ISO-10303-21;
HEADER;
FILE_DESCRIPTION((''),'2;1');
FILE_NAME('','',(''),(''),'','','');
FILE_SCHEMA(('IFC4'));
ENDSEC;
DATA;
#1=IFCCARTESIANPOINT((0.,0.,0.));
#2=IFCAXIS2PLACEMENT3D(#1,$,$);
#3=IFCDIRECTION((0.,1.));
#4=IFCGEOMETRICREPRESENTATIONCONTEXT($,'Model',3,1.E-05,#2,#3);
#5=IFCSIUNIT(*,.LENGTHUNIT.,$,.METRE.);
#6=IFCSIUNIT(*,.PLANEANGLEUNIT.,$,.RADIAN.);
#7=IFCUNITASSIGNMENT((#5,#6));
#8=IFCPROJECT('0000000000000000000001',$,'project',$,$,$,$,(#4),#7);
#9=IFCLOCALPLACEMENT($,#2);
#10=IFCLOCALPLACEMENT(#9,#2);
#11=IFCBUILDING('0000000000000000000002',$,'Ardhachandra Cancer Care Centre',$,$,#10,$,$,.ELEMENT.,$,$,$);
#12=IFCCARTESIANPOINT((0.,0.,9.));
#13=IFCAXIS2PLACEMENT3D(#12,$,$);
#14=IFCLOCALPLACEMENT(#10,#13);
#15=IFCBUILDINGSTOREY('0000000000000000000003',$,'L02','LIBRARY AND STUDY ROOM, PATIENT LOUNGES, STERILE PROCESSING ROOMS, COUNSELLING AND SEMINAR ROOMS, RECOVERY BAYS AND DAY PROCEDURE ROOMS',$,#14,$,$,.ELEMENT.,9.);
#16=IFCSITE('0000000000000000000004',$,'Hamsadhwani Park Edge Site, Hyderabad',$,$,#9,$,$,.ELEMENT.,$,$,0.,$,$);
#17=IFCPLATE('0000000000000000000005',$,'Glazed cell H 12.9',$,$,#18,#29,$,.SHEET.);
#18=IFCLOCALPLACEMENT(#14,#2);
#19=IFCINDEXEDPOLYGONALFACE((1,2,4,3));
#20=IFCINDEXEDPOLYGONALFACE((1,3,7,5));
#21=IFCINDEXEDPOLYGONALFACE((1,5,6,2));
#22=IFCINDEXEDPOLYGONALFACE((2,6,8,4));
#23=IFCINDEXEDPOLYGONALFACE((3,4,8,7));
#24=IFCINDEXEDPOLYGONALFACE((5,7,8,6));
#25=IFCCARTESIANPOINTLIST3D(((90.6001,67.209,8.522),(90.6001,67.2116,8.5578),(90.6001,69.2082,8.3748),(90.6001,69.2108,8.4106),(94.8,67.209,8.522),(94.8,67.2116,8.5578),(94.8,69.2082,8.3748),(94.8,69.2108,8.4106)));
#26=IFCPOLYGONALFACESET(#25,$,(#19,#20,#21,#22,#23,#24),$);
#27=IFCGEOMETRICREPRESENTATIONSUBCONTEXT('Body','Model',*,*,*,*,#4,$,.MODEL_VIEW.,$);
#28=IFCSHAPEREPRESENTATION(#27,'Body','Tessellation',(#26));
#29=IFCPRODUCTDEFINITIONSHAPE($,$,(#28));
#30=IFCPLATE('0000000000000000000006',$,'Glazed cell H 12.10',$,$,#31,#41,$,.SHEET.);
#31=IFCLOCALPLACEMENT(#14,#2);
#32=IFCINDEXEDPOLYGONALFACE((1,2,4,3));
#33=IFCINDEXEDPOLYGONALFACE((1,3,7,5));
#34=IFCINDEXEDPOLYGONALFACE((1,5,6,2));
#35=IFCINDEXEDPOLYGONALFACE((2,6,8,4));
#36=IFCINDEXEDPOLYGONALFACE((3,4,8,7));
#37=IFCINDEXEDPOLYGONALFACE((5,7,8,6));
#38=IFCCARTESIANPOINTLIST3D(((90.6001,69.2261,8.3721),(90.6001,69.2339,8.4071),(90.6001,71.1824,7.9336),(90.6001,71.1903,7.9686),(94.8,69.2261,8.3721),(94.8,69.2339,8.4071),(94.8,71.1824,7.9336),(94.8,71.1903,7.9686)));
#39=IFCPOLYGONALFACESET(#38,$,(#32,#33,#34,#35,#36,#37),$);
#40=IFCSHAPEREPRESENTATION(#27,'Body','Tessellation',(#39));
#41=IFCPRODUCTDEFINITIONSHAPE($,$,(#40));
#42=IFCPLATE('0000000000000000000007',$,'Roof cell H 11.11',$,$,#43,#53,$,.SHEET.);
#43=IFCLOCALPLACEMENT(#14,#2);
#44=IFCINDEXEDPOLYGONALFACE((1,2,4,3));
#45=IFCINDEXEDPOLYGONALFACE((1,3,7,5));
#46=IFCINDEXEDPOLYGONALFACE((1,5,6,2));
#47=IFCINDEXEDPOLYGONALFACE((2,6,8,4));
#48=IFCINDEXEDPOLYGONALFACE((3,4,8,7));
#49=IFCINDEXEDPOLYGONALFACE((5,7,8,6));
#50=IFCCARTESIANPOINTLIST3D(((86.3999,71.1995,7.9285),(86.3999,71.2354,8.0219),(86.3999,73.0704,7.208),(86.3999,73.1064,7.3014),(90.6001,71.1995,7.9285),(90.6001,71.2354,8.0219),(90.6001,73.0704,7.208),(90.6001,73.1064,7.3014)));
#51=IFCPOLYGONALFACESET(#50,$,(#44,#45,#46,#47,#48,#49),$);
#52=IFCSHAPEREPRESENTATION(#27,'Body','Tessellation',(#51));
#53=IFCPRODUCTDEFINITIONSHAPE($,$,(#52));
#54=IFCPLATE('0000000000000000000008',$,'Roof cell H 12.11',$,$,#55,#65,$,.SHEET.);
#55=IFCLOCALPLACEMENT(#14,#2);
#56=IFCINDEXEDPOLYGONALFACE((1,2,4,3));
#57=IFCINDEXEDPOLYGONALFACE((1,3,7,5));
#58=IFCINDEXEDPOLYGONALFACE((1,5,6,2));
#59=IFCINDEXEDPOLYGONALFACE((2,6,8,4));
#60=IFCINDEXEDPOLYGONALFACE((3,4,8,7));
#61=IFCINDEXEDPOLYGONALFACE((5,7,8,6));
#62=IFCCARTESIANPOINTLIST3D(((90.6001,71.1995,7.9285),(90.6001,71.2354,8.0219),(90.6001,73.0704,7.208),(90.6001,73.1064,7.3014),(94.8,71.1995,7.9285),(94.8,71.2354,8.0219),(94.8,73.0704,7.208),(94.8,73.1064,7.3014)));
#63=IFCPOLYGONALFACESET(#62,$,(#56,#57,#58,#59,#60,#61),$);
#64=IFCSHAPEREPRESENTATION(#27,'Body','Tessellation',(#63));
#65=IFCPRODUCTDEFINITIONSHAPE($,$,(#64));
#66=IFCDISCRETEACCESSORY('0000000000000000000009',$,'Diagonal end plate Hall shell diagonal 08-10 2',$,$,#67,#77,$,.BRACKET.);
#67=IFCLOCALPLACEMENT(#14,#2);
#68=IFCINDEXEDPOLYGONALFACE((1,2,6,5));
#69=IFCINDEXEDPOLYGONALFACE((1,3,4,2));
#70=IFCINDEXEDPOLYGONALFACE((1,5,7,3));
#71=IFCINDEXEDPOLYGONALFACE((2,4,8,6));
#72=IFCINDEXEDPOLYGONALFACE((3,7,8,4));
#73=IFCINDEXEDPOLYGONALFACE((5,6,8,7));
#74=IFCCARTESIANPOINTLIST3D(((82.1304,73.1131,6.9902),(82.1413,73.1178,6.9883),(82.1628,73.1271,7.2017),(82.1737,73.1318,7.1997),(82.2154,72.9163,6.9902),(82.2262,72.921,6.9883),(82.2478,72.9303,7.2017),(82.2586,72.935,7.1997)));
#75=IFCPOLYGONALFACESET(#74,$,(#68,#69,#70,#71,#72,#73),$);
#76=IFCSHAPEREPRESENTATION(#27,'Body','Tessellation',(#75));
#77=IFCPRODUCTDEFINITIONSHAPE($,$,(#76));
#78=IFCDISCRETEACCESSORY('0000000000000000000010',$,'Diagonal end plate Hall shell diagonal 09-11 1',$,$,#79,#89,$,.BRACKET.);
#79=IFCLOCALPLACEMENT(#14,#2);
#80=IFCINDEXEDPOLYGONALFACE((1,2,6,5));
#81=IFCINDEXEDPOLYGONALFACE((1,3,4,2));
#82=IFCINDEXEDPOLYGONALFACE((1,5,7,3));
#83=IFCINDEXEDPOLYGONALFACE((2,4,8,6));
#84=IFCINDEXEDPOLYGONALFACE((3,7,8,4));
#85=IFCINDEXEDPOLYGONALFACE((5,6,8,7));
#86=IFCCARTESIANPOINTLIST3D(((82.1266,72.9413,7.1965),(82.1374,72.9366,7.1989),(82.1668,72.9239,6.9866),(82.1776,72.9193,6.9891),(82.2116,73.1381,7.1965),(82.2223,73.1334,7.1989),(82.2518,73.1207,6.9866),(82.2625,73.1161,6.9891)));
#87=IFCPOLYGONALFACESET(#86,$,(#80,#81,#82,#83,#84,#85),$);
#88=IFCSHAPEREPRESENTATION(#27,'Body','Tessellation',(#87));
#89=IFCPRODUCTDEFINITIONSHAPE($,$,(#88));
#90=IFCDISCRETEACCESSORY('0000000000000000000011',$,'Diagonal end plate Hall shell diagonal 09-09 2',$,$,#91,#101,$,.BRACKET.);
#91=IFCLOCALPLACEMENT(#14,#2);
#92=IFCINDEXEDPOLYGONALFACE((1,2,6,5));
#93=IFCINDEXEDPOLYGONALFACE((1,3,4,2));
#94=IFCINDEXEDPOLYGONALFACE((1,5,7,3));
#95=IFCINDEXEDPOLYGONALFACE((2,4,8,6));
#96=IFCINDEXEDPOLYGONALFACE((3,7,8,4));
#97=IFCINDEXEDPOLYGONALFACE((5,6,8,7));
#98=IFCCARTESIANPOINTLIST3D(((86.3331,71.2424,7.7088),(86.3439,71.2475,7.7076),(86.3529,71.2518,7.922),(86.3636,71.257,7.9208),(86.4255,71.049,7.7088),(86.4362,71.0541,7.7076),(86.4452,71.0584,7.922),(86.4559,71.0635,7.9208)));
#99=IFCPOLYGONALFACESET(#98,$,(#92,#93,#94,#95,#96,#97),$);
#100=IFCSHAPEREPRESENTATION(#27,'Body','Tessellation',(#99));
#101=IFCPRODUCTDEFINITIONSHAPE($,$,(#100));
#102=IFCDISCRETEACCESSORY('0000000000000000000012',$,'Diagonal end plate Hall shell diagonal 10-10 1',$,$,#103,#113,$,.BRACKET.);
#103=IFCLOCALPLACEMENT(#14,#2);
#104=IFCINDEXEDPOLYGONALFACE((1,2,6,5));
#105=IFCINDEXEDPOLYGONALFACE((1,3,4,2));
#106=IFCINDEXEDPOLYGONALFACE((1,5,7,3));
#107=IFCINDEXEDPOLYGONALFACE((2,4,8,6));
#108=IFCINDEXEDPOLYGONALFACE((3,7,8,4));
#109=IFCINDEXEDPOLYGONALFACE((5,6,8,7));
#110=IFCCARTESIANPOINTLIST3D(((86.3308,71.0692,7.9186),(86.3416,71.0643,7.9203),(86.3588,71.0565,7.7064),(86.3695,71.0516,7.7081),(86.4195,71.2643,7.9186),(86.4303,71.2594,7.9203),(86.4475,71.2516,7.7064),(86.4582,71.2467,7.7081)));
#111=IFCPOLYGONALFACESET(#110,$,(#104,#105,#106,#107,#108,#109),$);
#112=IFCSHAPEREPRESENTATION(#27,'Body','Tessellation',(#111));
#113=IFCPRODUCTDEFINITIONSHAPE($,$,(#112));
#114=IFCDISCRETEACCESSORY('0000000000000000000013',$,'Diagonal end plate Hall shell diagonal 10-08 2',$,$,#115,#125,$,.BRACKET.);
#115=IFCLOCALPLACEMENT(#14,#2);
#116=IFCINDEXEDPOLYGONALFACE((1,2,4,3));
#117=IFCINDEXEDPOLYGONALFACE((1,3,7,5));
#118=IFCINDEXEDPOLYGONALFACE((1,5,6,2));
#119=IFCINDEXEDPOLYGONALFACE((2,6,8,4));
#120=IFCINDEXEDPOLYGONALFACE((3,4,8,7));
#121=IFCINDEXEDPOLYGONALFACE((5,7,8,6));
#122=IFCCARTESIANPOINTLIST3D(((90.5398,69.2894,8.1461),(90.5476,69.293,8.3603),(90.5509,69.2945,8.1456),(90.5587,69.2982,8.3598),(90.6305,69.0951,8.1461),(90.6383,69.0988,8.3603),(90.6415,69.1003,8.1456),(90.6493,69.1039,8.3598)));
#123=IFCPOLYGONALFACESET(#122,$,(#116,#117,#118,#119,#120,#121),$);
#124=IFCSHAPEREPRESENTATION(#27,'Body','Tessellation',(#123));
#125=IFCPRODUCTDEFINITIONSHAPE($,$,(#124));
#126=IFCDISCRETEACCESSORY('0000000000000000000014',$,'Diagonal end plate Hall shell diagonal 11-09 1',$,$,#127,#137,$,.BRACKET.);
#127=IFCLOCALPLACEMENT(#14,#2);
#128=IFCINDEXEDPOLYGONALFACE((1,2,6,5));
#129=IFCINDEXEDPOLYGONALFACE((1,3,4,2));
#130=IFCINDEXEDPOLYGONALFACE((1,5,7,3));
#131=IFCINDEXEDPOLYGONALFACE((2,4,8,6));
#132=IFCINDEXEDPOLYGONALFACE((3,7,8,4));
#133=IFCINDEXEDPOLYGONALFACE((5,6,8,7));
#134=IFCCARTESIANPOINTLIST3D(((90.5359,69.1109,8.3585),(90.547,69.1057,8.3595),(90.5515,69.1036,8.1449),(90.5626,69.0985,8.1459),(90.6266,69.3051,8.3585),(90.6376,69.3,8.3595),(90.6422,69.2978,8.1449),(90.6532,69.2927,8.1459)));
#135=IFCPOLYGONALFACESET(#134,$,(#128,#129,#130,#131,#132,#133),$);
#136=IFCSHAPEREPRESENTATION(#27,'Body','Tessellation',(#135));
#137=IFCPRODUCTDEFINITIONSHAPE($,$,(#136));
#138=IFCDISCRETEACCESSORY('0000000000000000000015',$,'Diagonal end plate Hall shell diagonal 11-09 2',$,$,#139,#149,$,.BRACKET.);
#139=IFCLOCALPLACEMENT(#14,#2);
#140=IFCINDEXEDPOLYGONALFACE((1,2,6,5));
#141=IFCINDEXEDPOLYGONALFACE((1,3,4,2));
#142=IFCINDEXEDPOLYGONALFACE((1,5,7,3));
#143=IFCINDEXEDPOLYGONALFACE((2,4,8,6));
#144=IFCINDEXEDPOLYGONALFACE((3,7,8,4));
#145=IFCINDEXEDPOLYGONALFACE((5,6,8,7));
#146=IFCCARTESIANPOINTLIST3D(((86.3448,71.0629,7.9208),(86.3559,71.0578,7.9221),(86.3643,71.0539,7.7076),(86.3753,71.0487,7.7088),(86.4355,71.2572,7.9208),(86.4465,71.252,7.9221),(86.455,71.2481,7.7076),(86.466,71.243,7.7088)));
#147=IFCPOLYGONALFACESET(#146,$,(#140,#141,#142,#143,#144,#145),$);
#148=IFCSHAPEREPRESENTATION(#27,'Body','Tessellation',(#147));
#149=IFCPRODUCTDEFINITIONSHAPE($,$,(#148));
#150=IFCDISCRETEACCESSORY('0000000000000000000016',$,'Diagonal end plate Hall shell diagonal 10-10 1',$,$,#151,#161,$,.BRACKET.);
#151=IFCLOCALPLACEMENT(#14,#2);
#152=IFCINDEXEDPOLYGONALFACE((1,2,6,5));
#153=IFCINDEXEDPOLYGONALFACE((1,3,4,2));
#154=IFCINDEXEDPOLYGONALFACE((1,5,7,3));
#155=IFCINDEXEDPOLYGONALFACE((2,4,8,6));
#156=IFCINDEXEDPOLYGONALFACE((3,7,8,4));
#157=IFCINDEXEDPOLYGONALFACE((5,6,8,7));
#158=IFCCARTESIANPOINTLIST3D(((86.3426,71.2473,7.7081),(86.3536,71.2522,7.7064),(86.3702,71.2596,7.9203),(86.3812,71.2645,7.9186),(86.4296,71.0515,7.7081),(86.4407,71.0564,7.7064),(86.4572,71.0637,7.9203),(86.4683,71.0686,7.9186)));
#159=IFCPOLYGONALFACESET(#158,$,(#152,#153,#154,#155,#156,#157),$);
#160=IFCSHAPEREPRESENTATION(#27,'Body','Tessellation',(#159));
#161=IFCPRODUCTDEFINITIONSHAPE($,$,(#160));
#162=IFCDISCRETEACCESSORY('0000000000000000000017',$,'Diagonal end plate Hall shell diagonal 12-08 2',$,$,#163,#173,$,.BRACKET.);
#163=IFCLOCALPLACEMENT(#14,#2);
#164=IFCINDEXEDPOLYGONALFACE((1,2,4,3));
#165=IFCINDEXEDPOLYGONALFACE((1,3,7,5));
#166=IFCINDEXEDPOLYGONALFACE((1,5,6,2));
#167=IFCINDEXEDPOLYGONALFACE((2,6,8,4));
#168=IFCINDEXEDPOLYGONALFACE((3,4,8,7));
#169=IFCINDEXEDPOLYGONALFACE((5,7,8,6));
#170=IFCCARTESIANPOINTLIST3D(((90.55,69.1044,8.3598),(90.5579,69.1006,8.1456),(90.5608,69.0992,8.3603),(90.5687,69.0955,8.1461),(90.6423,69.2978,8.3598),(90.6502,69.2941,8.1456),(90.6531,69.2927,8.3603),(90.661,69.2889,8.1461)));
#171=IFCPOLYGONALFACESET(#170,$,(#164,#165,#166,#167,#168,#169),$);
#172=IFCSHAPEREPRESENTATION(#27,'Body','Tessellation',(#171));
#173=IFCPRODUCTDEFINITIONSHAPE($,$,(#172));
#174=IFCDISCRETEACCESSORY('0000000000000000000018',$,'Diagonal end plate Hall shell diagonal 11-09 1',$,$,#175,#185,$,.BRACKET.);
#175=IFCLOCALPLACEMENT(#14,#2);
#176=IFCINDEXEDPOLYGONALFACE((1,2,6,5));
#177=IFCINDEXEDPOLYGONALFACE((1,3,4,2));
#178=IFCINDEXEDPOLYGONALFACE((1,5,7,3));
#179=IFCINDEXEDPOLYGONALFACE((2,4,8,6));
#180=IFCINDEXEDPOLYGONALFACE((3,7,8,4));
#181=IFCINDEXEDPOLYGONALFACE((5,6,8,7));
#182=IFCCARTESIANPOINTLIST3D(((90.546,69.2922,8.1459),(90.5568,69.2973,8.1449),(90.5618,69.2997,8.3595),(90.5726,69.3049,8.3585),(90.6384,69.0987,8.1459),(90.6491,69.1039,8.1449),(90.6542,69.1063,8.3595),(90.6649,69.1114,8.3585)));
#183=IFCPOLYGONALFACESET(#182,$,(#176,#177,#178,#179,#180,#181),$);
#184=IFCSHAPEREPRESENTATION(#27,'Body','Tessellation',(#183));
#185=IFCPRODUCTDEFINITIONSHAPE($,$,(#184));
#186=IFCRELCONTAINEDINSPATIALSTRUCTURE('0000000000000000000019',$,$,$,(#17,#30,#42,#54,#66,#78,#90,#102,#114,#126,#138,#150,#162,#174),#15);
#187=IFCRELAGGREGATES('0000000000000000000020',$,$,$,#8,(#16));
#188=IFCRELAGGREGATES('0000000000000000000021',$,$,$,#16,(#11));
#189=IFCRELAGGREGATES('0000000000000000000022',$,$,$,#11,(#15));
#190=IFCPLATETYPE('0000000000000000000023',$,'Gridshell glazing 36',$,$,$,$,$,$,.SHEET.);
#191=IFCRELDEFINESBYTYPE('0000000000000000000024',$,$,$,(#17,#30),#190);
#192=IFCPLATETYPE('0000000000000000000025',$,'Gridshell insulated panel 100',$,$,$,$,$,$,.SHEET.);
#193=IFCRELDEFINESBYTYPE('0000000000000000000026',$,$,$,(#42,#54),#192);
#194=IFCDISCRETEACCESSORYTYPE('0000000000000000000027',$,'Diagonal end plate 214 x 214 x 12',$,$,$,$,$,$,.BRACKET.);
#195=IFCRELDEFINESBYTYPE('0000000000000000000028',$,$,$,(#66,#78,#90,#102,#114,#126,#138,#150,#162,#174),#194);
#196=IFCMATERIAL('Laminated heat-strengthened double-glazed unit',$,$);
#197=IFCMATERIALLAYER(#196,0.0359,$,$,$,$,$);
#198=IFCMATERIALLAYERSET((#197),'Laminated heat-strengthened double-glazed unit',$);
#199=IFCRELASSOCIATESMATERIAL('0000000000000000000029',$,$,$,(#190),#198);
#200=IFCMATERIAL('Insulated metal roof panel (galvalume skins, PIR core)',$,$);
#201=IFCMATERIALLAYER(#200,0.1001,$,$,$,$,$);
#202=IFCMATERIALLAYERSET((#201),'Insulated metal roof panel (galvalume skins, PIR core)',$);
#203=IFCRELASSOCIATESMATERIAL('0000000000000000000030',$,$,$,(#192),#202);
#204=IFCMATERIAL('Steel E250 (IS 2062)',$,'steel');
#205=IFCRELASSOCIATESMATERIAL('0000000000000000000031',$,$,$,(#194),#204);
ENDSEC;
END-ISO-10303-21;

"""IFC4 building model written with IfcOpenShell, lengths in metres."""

from ifc_helpers import new_model, si_unit, direction, frame, origin, origin_2d, place, context, subcontext, project, spatial, polyline, rectangle, outline, extrude, material, layer, layer_set, material_profile, profile_set, type_object, element, save


model = new_model("IFC4")

# Units and contexts
model_context = context("Model", 3, precision=1e-05, world=origin(), true_north=direction((0.0, 1.0)))
body_context = subcontext(model_context, "Body", "Model", "MODEL_VIEW")
ifc_project = project(units=[si_unit("LENGTHUNIT", "METRE"), si_unit("PLANEANGLEUNIT", "RADIAN")], contexts=[model_context])

# Site, building, storey
site_placement = place(None, origin())
site = spatial("IfcSite", under=ifc_project, at=site_placement, Name="Hamsadhwani Park Edge Site, Hyderabad", CompositionType="ELEMENT", RefElevation=0.0)
building_placement = place(site_placement, origin())
building = spatial("IfcBuilding", under=site, at=building_placement, Name="Ardhachandra Cancer Care Centre", CompositionType="ELEMENT")
storey_placement = place(building_placement, frame((0.0, 0.0, 9.0)))
storey = spatial("IfcBuildingStorey", under=building, at=storey_placement, Name="L02", Description="LIBRARY AND STUDY ROOM, PATIENT LOUNGES, STERILE PROCESSING ROOMS, COUNSELLING AND SEMINAR ROOMS, RECOVERY BAYS AND DAY PROCEDURE ROOMS", CompositionType="ELEMENT", Elevation=9.0)

# Plates
ifc_material_1 = material(Name="Laminated heat-strengthened double-glazed unit")
ifc_layer_1 = layer(ifc_material_1, 0.0359)
ifc_layer_set_1 = layer_set([ifc_layer_1], Name="Laminated heat-strengthened double-glazed unit")
plate_type_1 = type_object("IfcPlateType", Name="Gridshell glazing 36", PredefinedType="SHEET", material=ifc_layer_set_1)
plate_1_placement = place(storey_placement, frame((90.6001, 67.209, 8.522), z_axis=(0.0, 0.073437, 0.9973), x_axis=(1.0, 0.0, 0.0)))
element("IfcPlate", 1, at=plate_1_placement, inside=storey, type_object=plate_type_1, Name="Glazed cell H 12.9", PredefinedType="SHEET", context=body_context, shape_type="SweptSolid", body=[
    extrude(outline(polyline([(0.0, 0.0), (4.2, 0.0), (4.2, 2.0046), (0.0, 2.0046), (0.0, 0.0)])), origin(), (0.0, 0.0, 1.0), 0.0359),
])
plate_2_placement = place(storey_placement, frame((90.6001, 69.2261, 8.3721), z_axis=(0.0, 0.218709, 0.97579), x_axis=(1.0, 0.0, 0.0)))
element("IfcPlate", 2, at=plate_2_placement, inside=storey, type_object=plate_type_1, Name="Glazed cell H 12.10", PredefinedType="SHEET", context=body_context, shape_type="SweptSolid", body=[
    extrude(outline(polyline([(0.0, 0.0), (4.2, 0.0), (4.2, 2.0049), (0.0, 2.0049), (0.0, 0.0)])), origin(), (0.0, 0.0, 1.0), 0.0359),
])
ifc_material_2 = material(Name="Insulated metal roof panel (galvalume skins, PIR core)")
ifc_layer_2 = layer(ifc_material_2, 0.1001)
ifc_layer_set_2 = layer_set([ifc_layer_2], Name="Insulated metal roof panel (galvalume skins, PIR core)")
plate_type_2 = type_object("IfcPlateType", Name="Gridshell insulated panel 100", PredefinedType="SHEET", material=ifc_layer_set_2)
plate_3_placement = place(storey_placement, frame((86.3999, 71.1995, 7.9285), z_axis=(0.0, 0.359371, 0.933195), x_axis=(1.0, 0.0, 0.0)))
element("IfcPlate", 3, at=plate_3_placement, inside=storey, type_object=plate_type_2, Name="Roof cell H 11.11", PredefinedType="SHEET", context=body_context, shape_type="SweptSolid", body=[
    extrude(outline(polyline([(0.0, 0.0), (4.2002, 0.0), (4.2002, 2.0049), (0.0, 2.0049), (0.0, 0.0)])), origin(), (0.0, 0.0, 1.0), 0.1001),
])
plate_4_placement = place(storey_placement, frame((90.6001, 71.1995, 7.9285), z_axis=(0.0, 0.359371, 0.933195), x_axis=(1.0, 0.0, 0.0)))
element("IfcPlate", 4, at=plate_4_placement, inside=storey, type_object=plate_type_2, Name="Roof cell H 12.11", PredefinedType="SHEET", context=body_context, shape_type="SweptSolid", body=[
    extrude(outline(polyline([(0.0, 0.0), (4.2, 0.0), (4.2, 2.0049), (0.0, 2.0049), (0.0, 0.0)])), origin(), (0.0, 0.0, 1.0), 0.1001),
])

# Discrete accessories
ifc_material_3 = material(Name="Steel E250 (IS 2062)", Category="steel")
ifc_material_profile_1 = material_profile(ifc_material_3, rectangle(XDim=0.2144, YDim=0.2144, at=origin_2d()), Name="PL 214x214x12")
ifc_profile_set_1 = profile_set([ifc_material_profile_1], Name="Steel E250 (IS 2062)")
discrete_accessory_type = type_object("IfcDiscreteAccessoryType", Name="Diagonal end plate 214 x 214 x 12", PredefinedType="BRACKET", material=ifc_profile_set_1)
for number, where, z_axis, x_axis, name in (
    (5, (82.2, 73.0264, 7.094), (-0.905534, -0.391026, 0.164643), (0.396436, -0.918062, 0.0), "Diagonal end plate Hall shell diagonal 08-10 2"),
    (6, (82.2, 73.0264, 7.094), (-0.898708, 0.388079, -0.204252), (-0.396436, -0.918062, 0.0), "Diagonal end plate Hall shell diagonal 09-11 1"),
    (7, (86.3999, 71.1555, 7.8142), (-0.897772, -0.428482, 0.10202), (0.43073, -0.902481, 0.0), "Diagonal end plate Hall shell diagonal 09-09 2"),
    (8, (86.3999, 71.1555, 7.8142), (-0.900966, 0.40953, -0.143336), (-0.413803, -0.910366, 0.0), "Diagonal end plate Hall shell diagonal 10-10 1"),
):
    element("IfcDiscreteAccessory", number, at=place(storey_placement, frame(where, z_axis=z_axis, x_axis=x_axis)), inside=storey, type_object=discrete_accessory_type, Name=name, PredefinedType="BRACKET", context=body_context, shape_type="SweptSolid", body=[
        extrude(rectangle(XDim=0.2144, YDim=0.2144, at=origin_2d()), origin(), (0.0, 0.0, 1.0), 0.012),
    ])
for number, where, z_axis, x_axis, name in (
    (9, (90.6001, 69.1992, 8.2527), (-0.905449, -0.422543, 0.040242), (0.422885, -0.906183, 0.0), "Diagonal end plate Hall shell diagonal 10-08 2"),
    (10, (90.6001, 69.1992, 8.2527), (-0.903258, 0.42152, -0.08029), (-0.422885, -0.906183, 0.0), "Diagonal end plate Hall shell diagonal 11-09 1"),
    (11, (86.3999, 71.1555, 7.8142), (0.901624, -0.420758, 0.10018), (0.422885, 0.906183, 0.0), "Diagonal end plate Hall shell diagonal 11-09 2"),
    (12, (86.3999, 71.1555, 7.8142), (0.904717, 0.402096, -0.140734), (-0.406138, 0.913812, 0.0), "Diagonal end plate Hall shell diagonal 10-10 1"),
):
    element("IfcDiscreteAccessory", number, at=place(storey_placement, frame(where, z_axis=z_axis, x_axis=x_axis)), inside=storey, type_object=discrete_accessory_type, Name=name, PredefinedType="BRACKET", context=body_context, shape_type="SweptSolid", body=[
        extrude(rectangle(XDim=0.2144, YDim=0.2144, at=origin_2d()), origin(), (0.0, 0.0, 1.0), 0.0122),
    ])
for number, where, z_axis, x_axis, name in (
    (13, (90.6001, 69.1992, 8.2527), (0.901723, -0.430368, 0.040987), (0.43073, 0.902481, 0.0), "Diagonal end plate Hall shell diagonal 12-08 2"),
    (14, (90.6001, 69.1992, 8.2527), (0.899459, 0.429287, -0.081769), (-0.43073, 0.902481, 0.0), "Diagonal end plate Hall shell diagonal 11-09 1"),
):
    element("IfcDiscreteAccessory", number, at=place(storey_placement, frame(where, z_axis=z_axis, x_axis=x_axis)), inside=storey, type_object=discrete_accessory_type, Name=name, PredefinedType="BRACKET", context=body_context, shape_type="SweptSolid", body=[
        extrude(rectangle(XDim=0.2144, YDim=0.2144, at=origin_2d()), origin(), (0.0, 0.0, 1.0), 0.012),
    ])

save(model, "model.ifc")
